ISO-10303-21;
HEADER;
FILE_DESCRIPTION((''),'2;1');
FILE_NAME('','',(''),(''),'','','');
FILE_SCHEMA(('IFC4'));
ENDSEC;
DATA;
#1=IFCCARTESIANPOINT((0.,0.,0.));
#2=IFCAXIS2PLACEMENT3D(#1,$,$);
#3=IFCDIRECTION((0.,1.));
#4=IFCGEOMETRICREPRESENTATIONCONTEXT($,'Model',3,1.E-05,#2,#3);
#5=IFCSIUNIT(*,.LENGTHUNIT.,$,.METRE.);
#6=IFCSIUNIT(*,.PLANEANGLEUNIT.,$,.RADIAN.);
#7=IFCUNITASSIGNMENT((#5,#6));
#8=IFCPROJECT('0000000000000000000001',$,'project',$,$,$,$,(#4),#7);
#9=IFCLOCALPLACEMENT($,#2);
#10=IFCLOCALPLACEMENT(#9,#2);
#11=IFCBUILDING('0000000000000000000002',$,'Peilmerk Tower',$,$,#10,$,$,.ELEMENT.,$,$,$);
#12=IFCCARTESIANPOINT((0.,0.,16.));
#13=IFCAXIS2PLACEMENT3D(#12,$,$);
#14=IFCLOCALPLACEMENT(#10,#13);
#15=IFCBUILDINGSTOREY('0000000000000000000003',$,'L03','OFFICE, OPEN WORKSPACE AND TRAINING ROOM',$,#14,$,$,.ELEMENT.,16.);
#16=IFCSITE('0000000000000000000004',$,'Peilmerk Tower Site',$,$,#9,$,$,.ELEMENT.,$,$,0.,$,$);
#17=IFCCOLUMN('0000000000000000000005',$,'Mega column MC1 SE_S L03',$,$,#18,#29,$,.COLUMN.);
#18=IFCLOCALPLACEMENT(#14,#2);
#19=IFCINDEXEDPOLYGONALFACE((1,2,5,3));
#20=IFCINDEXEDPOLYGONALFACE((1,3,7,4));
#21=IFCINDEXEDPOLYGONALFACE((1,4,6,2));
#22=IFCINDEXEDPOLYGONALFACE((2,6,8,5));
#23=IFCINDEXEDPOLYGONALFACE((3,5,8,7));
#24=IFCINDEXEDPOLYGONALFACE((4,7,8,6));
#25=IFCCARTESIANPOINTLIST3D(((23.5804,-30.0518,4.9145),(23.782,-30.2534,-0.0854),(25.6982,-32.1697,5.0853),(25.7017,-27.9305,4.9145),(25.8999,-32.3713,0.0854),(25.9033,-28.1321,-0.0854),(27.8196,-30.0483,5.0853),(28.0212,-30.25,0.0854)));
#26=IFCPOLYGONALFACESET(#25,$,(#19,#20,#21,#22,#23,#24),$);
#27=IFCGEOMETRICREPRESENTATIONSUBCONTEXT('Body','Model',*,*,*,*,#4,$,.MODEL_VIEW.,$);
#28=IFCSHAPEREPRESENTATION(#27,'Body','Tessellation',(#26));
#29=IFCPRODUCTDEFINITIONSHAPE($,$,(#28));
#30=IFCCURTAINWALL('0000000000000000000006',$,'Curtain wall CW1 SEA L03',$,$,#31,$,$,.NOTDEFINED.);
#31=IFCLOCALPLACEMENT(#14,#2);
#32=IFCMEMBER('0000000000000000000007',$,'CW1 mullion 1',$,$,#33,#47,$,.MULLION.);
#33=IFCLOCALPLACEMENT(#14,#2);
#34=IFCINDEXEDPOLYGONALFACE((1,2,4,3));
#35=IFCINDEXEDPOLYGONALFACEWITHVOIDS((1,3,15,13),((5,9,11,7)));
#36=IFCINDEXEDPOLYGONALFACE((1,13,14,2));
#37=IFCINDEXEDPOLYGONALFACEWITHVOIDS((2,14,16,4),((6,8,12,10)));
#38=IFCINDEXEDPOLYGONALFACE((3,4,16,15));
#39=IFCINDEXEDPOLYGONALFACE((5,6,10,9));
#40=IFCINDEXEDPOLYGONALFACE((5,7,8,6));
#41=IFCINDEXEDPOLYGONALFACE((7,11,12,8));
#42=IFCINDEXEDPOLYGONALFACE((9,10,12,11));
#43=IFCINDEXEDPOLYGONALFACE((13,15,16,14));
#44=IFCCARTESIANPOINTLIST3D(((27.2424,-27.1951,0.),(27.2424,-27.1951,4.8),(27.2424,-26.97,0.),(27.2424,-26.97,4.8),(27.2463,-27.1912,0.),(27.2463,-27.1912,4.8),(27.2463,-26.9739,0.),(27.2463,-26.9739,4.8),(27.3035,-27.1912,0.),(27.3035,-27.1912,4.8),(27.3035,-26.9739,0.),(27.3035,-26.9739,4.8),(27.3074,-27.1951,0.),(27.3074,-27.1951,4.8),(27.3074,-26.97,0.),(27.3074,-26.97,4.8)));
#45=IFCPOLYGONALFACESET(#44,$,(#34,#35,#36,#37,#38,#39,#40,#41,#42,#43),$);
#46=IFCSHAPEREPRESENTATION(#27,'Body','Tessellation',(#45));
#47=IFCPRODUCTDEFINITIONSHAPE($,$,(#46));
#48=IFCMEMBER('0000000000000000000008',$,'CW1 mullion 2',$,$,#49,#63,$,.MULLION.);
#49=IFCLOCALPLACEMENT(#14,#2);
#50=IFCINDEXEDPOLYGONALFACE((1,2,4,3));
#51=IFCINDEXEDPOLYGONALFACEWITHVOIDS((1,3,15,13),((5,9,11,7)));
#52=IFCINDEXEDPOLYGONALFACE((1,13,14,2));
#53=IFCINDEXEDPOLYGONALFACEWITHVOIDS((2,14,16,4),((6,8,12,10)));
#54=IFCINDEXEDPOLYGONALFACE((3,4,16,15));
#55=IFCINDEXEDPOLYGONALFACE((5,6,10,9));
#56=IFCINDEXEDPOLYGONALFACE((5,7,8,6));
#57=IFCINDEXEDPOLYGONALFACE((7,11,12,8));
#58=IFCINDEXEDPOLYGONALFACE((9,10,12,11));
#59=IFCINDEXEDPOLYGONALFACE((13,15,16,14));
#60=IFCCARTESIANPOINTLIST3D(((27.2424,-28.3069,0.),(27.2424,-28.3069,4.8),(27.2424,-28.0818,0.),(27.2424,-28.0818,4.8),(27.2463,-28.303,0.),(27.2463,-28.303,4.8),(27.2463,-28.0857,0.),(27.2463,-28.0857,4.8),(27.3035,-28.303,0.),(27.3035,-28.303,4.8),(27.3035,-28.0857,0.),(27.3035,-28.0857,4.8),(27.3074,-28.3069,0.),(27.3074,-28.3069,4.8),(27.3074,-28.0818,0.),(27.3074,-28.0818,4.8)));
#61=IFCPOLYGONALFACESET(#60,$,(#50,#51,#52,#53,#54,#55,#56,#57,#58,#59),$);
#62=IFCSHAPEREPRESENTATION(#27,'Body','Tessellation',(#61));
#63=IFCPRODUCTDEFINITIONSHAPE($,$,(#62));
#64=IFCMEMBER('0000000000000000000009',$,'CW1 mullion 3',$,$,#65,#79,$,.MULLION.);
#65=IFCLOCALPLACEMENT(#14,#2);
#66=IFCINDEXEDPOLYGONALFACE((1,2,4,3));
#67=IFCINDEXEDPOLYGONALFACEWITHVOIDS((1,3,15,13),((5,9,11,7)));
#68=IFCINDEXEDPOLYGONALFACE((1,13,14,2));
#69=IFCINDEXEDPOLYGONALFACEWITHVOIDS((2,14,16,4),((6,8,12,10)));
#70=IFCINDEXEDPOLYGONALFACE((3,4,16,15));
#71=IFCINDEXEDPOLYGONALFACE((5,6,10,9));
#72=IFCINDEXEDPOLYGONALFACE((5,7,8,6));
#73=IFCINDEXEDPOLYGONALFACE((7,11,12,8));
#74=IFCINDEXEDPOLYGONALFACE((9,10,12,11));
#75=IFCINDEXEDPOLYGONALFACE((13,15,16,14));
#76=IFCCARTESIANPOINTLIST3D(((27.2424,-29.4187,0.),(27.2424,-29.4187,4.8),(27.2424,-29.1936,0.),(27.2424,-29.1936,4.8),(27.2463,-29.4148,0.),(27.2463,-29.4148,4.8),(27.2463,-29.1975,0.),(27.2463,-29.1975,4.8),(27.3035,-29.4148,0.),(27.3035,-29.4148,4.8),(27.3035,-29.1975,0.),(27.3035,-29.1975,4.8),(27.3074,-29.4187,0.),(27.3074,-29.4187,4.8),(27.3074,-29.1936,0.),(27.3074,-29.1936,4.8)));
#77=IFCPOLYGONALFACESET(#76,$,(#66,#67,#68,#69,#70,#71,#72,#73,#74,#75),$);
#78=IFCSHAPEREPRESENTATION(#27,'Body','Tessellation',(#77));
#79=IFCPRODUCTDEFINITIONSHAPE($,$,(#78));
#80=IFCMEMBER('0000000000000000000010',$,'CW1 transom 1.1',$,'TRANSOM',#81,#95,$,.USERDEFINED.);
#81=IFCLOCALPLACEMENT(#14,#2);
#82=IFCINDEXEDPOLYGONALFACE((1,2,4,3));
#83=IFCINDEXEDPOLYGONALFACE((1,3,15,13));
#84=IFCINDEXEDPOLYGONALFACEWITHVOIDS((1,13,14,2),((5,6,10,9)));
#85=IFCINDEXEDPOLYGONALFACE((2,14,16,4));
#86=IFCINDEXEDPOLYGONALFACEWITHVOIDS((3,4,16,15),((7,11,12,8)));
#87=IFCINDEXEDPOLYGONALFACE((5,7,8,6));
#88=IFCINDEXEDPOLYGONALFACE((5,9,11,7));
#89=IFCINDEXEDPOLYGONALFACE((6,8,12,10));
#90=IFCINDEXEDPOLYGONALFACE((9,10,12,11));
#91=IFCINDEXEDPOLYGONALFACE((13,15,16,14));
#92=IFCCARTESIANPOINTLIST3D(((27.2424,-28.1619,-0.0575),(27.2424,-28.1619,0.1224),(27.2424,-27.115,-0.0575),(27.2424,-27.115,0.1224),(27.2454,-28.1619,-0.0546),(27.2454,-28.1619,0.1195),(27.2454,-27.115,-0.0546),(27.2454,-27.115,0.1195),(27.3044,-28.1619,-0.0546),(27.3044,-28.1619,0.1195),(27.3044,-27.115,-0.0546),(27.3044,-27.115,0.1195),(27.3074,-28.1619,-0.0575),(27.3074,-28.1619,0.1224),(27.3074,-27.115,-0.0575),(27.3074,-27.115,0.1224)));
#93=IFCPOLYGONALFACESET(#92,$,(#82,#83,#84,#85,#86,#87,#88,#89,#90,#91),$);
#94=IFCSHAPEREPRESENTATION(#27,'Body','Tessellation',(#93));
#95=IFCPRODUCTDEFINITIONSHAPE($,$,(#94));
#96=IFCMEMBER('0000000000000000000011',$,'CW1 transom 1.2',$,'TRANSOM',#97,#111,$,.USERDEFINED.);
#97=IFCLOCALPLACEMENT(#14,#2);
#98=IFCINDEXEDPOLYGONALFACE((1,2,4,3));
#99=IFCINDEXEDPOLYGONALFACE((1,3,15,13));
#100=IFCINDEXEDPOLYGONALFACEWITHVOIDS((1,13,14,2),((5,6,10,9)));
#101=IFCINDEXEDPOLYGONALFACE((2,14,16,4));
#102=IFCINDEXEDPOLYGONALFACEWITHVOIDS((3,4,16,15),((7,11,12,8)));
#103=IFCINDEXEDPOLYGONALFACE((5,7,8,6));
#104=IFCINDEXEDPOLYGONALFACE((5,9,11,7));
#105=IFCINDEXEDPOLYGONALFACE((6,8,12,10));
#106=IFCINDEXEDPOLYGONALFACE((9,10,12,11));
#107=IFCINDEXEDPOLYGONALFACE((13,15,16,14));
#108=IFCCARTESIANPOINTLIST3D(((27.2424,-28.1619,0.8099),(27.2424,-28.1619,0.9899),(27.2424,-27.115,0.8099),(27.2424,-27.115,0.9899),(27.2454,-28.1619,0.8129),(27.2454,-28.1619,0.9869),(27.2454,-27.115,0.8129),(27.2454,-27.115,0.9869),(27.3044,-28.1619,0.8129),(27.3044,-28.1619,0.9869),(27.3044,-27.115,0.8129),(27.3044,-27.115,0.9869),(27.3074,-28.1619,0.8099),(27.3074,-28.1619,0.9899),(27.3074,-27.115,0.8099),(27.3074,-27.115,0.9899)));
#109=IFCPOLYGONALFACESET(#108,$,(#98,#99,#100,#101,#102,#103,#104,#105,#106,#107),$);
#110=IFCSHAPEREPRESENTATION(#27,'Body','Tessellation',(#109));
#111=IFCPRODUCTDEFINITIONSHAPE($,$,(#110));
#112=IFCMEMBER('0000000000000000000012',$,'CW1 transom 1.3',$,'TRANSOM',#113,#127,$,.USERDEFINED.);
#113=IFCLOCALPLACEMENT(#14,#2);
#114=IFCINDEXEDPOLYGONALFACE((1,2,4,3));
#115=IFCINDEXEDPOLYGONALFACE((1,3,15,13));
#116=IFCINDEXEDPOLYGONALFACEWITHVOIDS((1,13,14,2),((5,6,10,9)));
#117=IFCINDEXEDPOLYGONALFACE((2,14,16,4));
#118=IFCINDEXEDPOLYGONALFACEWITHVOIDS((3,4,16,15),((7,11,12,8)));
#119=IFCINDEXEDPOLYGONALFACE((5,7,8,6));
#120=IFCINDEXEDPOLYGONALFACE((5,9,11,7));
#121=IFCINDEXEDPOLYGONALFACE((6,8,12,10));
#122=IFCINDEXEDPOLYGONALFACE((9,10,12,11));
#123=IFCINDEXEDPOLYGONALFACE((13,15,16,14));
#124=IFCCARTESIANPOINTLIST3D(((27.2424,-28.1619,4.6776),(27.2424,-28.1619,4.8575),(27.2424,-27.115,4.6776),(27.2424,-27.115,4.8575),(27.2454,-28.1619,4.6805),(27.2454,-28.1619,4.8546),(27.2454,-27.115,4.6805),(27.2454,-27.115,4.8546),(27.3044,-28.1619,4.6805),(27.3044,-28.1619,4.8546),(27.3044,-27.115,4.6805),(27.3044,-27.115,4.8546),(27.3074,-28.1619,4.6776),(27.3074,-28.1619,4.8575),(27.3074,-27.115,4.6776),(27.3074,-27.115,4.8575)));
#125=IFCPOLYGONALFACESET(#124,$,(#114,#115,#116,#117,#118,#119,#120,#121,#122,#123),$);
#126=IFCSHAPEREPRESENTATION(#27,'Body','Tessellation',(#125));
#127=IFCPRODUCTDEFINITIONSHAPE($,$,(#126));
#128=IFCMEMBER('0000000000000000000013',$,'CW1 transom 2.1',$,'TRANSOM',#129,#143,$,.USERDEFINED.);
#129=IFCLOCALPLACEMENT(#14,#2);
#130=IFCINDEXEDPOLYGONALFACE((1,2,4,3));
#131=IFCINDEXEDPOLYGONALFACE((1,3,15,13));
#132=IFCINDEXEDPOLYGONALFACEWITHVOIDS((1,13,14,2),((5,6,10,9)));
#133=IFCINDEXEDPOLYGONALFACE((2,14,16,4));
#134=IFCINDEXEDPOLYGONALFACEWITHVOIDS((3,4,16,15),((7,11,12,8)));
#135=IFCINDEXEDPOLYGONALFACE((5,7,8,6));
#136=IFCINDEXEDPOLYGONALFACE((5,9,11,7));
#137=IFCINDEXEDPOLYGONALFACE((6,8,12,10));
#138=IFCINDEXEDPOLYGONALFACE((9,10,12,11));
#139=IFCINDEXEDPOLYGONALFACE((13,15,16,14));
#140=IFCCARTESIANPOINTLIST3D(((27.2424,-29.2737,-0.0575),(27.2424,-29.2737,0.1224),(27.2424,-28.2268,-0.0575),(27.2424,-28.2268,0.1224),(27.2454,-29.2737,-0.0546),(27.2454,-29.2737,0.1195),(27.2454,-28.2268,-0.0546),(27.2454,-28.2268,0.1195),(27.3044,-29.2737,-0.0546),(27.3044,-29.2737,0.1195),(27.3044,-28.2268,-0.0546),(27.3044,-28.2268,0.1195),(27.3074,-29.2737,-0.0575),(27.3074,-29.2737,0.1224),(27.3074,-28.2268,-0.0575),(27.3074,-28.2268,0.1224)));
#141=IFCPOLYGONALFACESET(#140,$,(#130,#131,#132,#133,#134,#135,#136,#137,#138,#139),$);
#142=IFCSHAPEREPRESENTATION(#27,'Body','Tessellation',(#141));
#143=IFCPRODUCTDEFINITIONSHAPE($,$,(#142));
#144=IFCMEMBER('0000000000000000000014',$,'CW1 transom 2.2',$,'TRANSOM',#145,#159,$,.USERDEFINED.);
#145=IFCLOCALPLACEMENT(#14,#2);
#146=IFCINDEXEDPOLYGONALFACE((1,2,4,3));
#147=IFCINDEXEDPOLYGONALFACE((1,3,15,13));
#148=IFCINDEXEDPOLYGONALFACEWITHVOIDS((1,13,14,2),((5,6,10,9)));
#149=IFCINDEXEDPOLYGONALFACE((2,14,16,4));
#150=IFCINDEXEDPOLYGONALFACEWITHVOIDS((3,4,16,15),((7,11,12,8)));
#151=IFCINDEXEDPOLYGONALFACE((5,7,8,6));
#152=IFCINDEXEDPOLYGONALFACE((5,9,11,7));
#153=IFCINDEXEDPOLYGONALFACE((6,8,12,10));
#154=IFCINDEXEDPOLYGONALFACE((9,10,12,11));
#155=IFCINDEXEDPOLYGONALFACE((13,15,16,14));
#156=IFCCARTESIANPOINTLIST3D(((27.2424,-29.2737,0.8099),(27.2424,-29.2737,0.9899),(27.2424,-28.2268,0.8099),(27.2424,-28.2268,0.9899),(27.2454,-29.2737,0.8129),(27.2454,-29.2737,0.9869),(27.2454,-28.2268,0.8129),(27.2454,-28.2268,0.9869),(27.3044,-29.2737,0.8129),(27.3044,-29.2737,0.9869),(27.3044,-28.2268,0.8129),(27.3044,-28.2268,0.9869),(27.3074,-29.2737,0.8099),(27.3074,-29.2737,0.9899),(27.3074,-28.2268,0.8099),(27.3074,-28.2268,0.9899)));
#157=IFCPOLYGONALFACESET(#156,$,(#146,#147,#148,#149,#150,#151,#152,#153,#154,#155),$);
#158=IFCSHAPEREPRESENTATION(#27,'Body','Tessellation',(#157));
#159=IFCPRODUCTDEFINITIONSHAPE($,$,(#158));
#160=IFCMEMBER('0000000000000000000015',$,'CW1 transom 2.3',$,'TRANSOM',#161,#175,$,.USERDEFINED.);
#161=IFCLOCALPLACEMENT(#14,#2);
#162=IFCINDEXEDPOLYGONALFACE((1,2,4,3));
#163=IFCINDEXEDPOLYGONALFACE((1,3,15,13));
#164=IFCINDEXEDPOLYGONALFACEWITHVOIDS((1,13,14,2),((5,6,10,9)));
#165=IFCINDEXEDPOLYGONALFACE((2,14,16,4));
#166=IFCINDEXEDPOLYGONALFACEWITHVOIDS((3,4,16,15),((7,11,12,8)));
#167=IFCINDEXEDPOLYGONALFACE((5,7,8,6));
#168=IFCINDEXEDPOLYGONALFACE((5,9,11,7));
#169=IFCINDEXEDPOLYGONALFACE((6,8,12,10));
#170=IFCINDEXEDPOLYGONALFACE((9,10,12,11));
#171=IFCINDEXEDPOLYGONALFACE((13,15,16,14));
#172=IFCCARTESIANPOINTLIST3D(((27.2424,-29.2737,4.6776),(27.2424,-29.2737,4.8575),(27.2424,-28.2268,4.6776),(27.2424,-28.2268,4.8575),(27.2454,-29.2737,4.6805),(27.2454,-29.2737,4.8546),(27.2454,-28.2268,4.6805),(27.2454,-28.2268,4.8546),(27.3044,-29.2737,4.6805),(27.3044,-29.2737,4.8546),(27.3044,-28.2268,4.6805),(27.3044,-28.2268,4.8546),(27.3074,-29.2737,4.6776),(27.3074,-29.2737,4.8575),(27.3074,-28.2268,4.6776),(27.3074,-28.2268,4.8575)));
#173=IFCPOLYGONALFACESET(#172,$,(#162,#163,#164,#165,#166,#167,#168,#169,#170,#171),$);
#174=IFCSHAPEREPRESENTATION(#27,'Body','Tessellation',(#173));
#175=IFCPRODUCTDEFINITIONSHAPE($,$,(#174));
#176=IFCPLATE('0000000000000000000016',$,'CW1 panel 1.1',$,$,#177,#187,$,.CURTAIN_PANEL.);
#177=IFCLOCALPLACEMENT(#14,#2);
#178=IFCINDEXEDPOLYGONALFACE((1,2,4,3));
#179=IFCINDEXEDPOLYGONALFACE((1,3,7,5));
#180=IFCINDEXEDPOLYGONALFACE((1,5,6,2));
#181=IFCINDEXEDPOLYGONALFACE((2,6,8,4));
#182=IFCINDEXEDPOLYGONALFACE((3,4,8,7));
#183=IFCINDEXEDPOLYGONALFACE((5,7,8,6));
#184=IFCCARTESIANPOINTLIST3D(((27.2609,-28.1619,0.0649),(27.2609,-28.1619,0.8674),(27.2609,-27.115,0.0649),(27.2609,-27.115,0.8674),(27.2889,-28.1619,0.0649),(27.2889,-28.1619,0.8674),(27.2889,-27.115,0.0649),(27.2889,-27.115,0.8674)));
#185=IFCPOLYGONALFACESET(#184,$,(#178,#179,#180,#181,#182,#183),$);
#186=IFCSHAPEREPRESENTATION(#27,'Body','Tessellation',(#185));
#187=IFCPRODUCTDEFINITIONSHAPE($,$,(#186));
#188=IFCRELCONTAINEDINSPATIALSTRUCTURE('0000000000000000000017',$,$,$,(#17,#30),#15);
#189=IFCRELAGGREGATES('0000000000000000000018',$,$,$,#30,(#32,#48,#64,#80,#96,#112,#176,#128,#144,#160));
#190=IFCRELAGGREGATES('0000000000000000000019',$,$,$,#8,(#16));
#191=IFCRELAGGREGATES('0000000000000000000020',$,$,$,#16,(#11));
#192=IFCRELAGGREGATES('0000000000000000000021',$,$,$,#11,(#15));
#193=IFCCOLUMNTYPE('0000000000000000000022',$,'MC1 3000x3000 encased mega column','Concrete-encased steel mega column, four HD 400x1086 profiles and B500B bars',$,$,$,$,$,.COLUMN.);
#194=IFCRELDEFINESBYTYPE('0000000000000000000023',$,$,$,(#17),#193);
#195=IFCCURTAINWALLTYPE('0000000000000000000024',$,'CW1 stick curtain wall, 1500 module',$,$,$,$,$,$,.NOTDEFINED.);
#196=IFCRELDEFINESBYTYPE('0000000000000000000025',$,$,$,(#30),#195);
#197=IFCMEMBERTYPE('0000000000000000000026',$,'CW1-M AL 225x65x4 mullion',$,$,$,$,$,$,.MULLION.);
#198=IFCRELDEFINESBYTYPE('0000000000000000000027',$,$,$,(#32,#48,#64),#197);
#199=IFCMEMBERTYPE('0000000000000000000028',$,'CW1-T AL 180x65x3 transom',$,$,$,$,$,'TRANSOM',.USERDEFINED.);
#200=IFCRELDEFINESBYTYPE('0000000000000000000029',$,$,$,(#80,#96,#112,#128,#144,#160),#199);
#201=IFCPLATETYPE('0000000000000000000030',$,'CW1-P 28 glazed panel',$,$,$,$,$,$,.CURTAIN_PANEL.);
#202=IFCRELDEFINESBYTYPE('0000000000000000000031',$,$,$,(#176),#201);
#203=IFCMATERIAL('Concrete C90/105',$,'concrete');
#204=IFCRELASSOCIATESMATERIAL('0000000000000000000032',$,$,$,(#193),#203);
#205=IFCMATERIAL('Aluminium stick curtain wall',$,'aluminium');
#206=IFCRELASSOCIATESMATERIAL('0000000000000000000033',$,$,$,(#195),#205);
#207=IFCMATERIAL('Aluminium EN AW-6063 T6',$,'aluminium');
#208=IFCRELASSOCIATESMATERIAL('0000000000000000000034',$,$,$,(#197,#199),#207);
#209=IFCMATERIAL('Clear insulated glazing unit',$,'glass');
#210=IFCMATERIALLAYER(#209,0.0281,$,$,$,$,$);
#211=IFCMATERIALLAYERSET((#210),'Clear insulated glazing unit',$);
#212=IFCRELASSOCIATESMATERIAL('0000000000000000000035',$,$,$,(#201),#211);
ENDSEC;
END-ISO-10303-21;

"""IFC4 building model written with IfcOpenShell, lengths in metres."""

from ifc_helpers import new_model, si_unit, direction, frame, origin, origin_2d, place, context, subcontext, project, spatial, rectangle, hollow_rectangle, extrude, material, layer, layer_set, material_profile, profile_set, type_object, element, aggregate, save


model = new_model("IFC4")

# Units and contexts
model_context = context("Model", 3, precision=1e-05, world=origin(), true_north=direction((0.0, 1.0)))
body_context = subcontext(model_context, "Body", "Model", "MODEL_VIEW")
ifc_project = project(units=[si_unit("LENGTHUNIT", "METRE"), si_unit("PLANEANGLEUNIT", "RADIAN")], contexts=[model_context])

# Site, building, storey
site_placement = place(None, origin())
site = spatial("IfcSite", under=ifc_project, at=site_placement, Name="Peilmerk Tower Site", CompositionType="ELEMENT", RefElevation=0.0)
building_placement = place(site_placement, origin())
building = spatial("IfcBuilding", under=site, at=building_placement, Name="Peilmerk Tower", CompositionType="ELEMENT")
storey_placement = place(building_placement, frame((0.0, 0.0, 16.0)))
storey = spatial("IfcBuildingStorey", under=building, at=storey_placement, Name="L03", Description="OFFICE, OPEN WORKSPACE AND TRAINING ROOM", CompositionType="ELEMENT", Elevation=16.0)

# Column
ifc_material_1 = material(Name="Concrete C90/105", Category="concrete")
ifc_material_profile_1 = material_profile(ifc_material_1, rectangle(XDim=3.0, YDim=3.0, at=origin_2d()), Name="RC 3000x3000")
ifc_profile_set_1 = profile_set([ifc_material_profile_1], Name="Concrete C90/105")
column_type = type_object("IfcColumnType", Name="MC1 3000x3000 encased mega column", Description="Concrete-encased steel mega column, four HD 400x1086 profiles and B500B bars", PredefinedType="COLUMN", material=ifc_profile_set_1)
column_placement = place(storey_placement, frame((25.9016, -30.2517, 0.0), z_axis=(-0.040267, 0.040267, 0.998377), x_axis=(-0.707107, -0.707107, 0.0)))
element("IfcColumn", 1, at=column_placement, inside=storey, type_object=column_type, Name="Mega column MC1 SE_S L03", PredefinedType="COLUMN", context=body_context, shape_type="SweptSolid", body=[
    extrude(rectangle(XDim=3.0, YDim=3.0, at=origin_2d()), origin(), (0.0, 0.0, 1.0), 5.0081),
])

# Curtain wall, members, plate
ifc_material_2 = material(Name="Aluminium stick curtain wall", Category="aluminium")
curtain_wall_type = type_object("IfcCurtainWallType", Name="CW1 stick curtain wall, 1500 module", PredefinedType="NOTDEFINED", material=ifc_material_2)
curtain_wall_placement = place(storey_placement, origin())
curtain_wall = element("IfcCurtainWall", 2, at=curtain_wall_placement, inside=storey, type_object=curtain_wall_type, Name="Curtain wall CW1 SEA L03", PredefinedType="NOTDEFINED")
ifc_material_3 = material(Name="Aluminium EN AW-6063 T6", Category="aluminium")
ifc_material_profile_2 = material_profile(ifc_material_3, hollow_rectangle(XDim=0.0649, YDim=0.2251, WallThickness=0.0039, at=origin_2d()), Name="AL 225x65x4")
ifc_profile_set_2 = profile_set([ifc_material_profile_2], Name="Aluminium EN AW-6063 T6")
member_type_1 = type_object("IfcMemberType", Name="CW1-M AL 225x65x4 mullion", PredefinedType="MULLION", material=ifc_profile_set_2)
member_1_placement = place(storey_placement, frame((27.2749, -27.0825, 0.0), z_axis=(0.0, 0.0, 1.0), x_axis=(1.0, 0.0, 0.0)))
member_1 = element("IfcMember", 3, at=member_1_placement, type_object=member_type_1, Name="CW1 mullion 1", PredefinedType="MULLION", context=body_context, shape_type="SweptSolid", body=[
    extrude(hollow_rectangle(XDim=0.0649, YDim=0.2251, WallThickness=0.0039, at=origin_2d()), origin(), (0.0, 0.0, 1.0), 4.8),
])
member_2_placement = place(storey_placement, frame((27.2749, -28.1943, 0.0), z_axis=(0.0, 0.0, 1.0), x_axis=(1.0, 0.0, 0.0)))
member_2 = element("IfcMember", 4, at=member_2_placement, type_object=member_type_1, Name="CW1 mullion 2", PredefinedType="MULLION", context=body_context, shape_type="SweptSolid", body=[
    extrude(hollow_rectangle(XDim=0.0649, YDim=0.2251, WallThickness=0.0039, at=origin_2d()), origin(), (0.0, 0.0, 1.0), 4.8),
])
member_3_placement = place(storey_placement, frame((27.2749, -29.3062, 0.0), z_axis=(0.0, 0.0, 1.0), x_axis=(1.0, 0.0, 0.0)))
member_3 = element("IfcMember", 5, at=member_3_placement, type_object=member_type_1, Name="CW1 mullion 3", PredefinedType="MULLION", context=body_context, shape_type="SweptSolid", body=[
    extrude(hollow_rectangle(XDim=0.0649, YDim=0.2251, WallThickness=0.0039, at=origin_2d()), origin(), (0.0, 0.0, 1.0), 4.8),
])
ifc_material_profile_3 = material_profile(ifc_material_3, hollow_rectangle(XDim=0.0649, YDim=0.1799, WallThickness=0.0029, at=origin_2d()), Name="AL 180x65x3")
ifc_profile_set_3 = profile_set([ifc_material_profile_3], Name="Aluminium EN AW-6063 T6")
member_type_2 = type_object("IfcMemberType", Name="CW1-T AL 180x65x3 transom", ElementType="TRANSOM", PredefinedType="USERDEFINED", material=ifc_profile_set_3)
member_4_placement = place(storey_placement, frame((27.2749, -27.115, 0.0325), z_axis=(0.0, -1.0, 0.0), x_axis=(1.0, 0.0, 0.0)))
member_4 = element("IfcMember", 6, at=member_4_placement, type_object=member_type_2, Name="CW1 transom 1.1", ObjectType="TRANSOM", PredefinedType="USERDEFINED", context=body_context, shape_type="SweptSolid", body=[
    extrude(hollow_rectangle(XDim=0.0649, YDim=0.1799, WallThickness=0.0029, at=origin_2d()), origin(), (0.0, 0.0, 1.0), 1.0469),
])
member_5_placement = place(storey_placement, frame((27.2749, -27.115, 0.8999), z_axis=(0.0, -1.0, 0.0), x_axis=(1.0, 0.0, 0.0)))
member_5 = element("IfcMember", 7, at=member_5_placement, type_object=member_type_2, Name="CW1 transom 1.2", ObjectType="TRANSOM", PredefinedType="USERDEFINED", context=body_context, shape_type="SweptSolid", body=[
    extrude(hollow_rectangle(XDim=0.0649, YDim=0.1799, WallThickness=0.0029, at=origin_2d()), origin(), (0.0, 0.0, 1.0), 1.0469),
])
member_6_placement = place(storey_placement, frame((27.2749, -27.115, 4.7676), z_axis=(0.0, -1.0, 0.0), x_axis=(1.0, 0.0, 0.0)))
member_6 = element("IfcMember", 8, at=member_6_placement, type_object=member_type_2, Name="CW1 transom 1.3", ObjectType="TRANSOM", PredefinedType="USERDEFINED", context=body_context, shape_type="SweptSolid", body=[
    extrude(hollow_rectangle(XDim=0.0649, YDim=0.1799, WallThickness=0.0029, at=origin_2d()), origin(), (0.0, 0.0, 1.0), 1.0469),
])
member_7_placement = place(storey_placement, frame((27.2749, -28.2268, 0.0325), z_axis=(0.0, -1.0, 0.0), x_axis=(1.0, 0.0, 0.0)))
member_7 = element("IfcMember", 9, at=member_7_placement, type_object=member_type_2, Name="CW1 transom 2.1", ObjectType="TRANSOM", PredefinedType="USERDEFINED", context=body_context, shape_type="SweptSolid", body=[
    extrude(hollow_rectangle(XDim=0.0649, YDim=0.1799, WallThickness=0.0029, at=origin_2d()), origin(), (0.0, 0.0, 1.0), 1.0469),
])
member_8_placement = place(storey_placement, frame((27.2749, -28.2268, 0.8999), z_axis=(0.0, -1.0, 0.0), x_axis=(1.0, 0.0, 0.0)))
member_8 = element("IfcMember", 10, at=member_8_placement, type_object=member_type_2, Name="CW1 transom 2.2", ObjectType="TRANSOM", PredefinedType="USERDEFINED", context=body_context, shape_type="SweptSolid", body=[
    extrude(hollow_rectangle(XDim=0.0649, YDim=0.1799, WallThickness=0.0029, at=origin_2d()), origin(), (0.0, 0.0, 1.0), 1.0469),
])
member_9_placement = place(storey_placement, frame((27.2749, -28.2268, 4.7676), z_axis=(0.0, -1.0, 0.0), x_axis=(1.0, 0.0, 0.0)))
member_9 = element("IfcMember", 11, at=member_9_placement, type_object=member_type_2, Name="CW1 transom 2.3", ObjectType="TRANSOM", PredefinedType="USERDEFINED", context=body_context, shape_type="SweptSolid", body=[
    extrude(hollow_rectangle(XDim=0.0649, YDim=0.1799, WallThickness=0.0029, at=origin_2d()), origin(), (0.0, 0.0, 1.0), 1.0469),
])
ifc_material_4 = material(Name="Clear insulated glazing unit", Category="glass")
ifc_layer_1 = layer(ifc_material_4, 0.0281)
ifc_layer_set_1 = layer_set([ifc_layer_1], Name="Clear insulated glazing unit")
plate_type = type_object("IfcPlateType", Name="CW1-P 28 glazed panel", PredefinedType="CURTAIN_PANEL", material=ifc_layer_set_1)
plate_1_placement = place(storey_placement, frame((27.2749, -27.6384, 0.0649), z_axis=(0.0, 0.0, 1.0), x_axis=(0.0, -1.0, 0.0)))
plate_1 = element("IfcPlate", 12, at=plate_1_placement, type_object=plate_type, Name="CW1 panel 1.1", PredefinedType="CURTAIN_PANEL", context=body_context, shape_type="SweptSolid", body=[
    extrude(rectangle(XDim=1.0469, YDim=0.0281, at=origin_2d()), origin(), (0.0, 0.0, 1.0), 0.8025),
])
aggregate(curtain_wall, [member_1, member_2, member_3, member_4, member_5, member_6, plate_1, member_7, member_8, member_9])

save(model, "model.ifc")
